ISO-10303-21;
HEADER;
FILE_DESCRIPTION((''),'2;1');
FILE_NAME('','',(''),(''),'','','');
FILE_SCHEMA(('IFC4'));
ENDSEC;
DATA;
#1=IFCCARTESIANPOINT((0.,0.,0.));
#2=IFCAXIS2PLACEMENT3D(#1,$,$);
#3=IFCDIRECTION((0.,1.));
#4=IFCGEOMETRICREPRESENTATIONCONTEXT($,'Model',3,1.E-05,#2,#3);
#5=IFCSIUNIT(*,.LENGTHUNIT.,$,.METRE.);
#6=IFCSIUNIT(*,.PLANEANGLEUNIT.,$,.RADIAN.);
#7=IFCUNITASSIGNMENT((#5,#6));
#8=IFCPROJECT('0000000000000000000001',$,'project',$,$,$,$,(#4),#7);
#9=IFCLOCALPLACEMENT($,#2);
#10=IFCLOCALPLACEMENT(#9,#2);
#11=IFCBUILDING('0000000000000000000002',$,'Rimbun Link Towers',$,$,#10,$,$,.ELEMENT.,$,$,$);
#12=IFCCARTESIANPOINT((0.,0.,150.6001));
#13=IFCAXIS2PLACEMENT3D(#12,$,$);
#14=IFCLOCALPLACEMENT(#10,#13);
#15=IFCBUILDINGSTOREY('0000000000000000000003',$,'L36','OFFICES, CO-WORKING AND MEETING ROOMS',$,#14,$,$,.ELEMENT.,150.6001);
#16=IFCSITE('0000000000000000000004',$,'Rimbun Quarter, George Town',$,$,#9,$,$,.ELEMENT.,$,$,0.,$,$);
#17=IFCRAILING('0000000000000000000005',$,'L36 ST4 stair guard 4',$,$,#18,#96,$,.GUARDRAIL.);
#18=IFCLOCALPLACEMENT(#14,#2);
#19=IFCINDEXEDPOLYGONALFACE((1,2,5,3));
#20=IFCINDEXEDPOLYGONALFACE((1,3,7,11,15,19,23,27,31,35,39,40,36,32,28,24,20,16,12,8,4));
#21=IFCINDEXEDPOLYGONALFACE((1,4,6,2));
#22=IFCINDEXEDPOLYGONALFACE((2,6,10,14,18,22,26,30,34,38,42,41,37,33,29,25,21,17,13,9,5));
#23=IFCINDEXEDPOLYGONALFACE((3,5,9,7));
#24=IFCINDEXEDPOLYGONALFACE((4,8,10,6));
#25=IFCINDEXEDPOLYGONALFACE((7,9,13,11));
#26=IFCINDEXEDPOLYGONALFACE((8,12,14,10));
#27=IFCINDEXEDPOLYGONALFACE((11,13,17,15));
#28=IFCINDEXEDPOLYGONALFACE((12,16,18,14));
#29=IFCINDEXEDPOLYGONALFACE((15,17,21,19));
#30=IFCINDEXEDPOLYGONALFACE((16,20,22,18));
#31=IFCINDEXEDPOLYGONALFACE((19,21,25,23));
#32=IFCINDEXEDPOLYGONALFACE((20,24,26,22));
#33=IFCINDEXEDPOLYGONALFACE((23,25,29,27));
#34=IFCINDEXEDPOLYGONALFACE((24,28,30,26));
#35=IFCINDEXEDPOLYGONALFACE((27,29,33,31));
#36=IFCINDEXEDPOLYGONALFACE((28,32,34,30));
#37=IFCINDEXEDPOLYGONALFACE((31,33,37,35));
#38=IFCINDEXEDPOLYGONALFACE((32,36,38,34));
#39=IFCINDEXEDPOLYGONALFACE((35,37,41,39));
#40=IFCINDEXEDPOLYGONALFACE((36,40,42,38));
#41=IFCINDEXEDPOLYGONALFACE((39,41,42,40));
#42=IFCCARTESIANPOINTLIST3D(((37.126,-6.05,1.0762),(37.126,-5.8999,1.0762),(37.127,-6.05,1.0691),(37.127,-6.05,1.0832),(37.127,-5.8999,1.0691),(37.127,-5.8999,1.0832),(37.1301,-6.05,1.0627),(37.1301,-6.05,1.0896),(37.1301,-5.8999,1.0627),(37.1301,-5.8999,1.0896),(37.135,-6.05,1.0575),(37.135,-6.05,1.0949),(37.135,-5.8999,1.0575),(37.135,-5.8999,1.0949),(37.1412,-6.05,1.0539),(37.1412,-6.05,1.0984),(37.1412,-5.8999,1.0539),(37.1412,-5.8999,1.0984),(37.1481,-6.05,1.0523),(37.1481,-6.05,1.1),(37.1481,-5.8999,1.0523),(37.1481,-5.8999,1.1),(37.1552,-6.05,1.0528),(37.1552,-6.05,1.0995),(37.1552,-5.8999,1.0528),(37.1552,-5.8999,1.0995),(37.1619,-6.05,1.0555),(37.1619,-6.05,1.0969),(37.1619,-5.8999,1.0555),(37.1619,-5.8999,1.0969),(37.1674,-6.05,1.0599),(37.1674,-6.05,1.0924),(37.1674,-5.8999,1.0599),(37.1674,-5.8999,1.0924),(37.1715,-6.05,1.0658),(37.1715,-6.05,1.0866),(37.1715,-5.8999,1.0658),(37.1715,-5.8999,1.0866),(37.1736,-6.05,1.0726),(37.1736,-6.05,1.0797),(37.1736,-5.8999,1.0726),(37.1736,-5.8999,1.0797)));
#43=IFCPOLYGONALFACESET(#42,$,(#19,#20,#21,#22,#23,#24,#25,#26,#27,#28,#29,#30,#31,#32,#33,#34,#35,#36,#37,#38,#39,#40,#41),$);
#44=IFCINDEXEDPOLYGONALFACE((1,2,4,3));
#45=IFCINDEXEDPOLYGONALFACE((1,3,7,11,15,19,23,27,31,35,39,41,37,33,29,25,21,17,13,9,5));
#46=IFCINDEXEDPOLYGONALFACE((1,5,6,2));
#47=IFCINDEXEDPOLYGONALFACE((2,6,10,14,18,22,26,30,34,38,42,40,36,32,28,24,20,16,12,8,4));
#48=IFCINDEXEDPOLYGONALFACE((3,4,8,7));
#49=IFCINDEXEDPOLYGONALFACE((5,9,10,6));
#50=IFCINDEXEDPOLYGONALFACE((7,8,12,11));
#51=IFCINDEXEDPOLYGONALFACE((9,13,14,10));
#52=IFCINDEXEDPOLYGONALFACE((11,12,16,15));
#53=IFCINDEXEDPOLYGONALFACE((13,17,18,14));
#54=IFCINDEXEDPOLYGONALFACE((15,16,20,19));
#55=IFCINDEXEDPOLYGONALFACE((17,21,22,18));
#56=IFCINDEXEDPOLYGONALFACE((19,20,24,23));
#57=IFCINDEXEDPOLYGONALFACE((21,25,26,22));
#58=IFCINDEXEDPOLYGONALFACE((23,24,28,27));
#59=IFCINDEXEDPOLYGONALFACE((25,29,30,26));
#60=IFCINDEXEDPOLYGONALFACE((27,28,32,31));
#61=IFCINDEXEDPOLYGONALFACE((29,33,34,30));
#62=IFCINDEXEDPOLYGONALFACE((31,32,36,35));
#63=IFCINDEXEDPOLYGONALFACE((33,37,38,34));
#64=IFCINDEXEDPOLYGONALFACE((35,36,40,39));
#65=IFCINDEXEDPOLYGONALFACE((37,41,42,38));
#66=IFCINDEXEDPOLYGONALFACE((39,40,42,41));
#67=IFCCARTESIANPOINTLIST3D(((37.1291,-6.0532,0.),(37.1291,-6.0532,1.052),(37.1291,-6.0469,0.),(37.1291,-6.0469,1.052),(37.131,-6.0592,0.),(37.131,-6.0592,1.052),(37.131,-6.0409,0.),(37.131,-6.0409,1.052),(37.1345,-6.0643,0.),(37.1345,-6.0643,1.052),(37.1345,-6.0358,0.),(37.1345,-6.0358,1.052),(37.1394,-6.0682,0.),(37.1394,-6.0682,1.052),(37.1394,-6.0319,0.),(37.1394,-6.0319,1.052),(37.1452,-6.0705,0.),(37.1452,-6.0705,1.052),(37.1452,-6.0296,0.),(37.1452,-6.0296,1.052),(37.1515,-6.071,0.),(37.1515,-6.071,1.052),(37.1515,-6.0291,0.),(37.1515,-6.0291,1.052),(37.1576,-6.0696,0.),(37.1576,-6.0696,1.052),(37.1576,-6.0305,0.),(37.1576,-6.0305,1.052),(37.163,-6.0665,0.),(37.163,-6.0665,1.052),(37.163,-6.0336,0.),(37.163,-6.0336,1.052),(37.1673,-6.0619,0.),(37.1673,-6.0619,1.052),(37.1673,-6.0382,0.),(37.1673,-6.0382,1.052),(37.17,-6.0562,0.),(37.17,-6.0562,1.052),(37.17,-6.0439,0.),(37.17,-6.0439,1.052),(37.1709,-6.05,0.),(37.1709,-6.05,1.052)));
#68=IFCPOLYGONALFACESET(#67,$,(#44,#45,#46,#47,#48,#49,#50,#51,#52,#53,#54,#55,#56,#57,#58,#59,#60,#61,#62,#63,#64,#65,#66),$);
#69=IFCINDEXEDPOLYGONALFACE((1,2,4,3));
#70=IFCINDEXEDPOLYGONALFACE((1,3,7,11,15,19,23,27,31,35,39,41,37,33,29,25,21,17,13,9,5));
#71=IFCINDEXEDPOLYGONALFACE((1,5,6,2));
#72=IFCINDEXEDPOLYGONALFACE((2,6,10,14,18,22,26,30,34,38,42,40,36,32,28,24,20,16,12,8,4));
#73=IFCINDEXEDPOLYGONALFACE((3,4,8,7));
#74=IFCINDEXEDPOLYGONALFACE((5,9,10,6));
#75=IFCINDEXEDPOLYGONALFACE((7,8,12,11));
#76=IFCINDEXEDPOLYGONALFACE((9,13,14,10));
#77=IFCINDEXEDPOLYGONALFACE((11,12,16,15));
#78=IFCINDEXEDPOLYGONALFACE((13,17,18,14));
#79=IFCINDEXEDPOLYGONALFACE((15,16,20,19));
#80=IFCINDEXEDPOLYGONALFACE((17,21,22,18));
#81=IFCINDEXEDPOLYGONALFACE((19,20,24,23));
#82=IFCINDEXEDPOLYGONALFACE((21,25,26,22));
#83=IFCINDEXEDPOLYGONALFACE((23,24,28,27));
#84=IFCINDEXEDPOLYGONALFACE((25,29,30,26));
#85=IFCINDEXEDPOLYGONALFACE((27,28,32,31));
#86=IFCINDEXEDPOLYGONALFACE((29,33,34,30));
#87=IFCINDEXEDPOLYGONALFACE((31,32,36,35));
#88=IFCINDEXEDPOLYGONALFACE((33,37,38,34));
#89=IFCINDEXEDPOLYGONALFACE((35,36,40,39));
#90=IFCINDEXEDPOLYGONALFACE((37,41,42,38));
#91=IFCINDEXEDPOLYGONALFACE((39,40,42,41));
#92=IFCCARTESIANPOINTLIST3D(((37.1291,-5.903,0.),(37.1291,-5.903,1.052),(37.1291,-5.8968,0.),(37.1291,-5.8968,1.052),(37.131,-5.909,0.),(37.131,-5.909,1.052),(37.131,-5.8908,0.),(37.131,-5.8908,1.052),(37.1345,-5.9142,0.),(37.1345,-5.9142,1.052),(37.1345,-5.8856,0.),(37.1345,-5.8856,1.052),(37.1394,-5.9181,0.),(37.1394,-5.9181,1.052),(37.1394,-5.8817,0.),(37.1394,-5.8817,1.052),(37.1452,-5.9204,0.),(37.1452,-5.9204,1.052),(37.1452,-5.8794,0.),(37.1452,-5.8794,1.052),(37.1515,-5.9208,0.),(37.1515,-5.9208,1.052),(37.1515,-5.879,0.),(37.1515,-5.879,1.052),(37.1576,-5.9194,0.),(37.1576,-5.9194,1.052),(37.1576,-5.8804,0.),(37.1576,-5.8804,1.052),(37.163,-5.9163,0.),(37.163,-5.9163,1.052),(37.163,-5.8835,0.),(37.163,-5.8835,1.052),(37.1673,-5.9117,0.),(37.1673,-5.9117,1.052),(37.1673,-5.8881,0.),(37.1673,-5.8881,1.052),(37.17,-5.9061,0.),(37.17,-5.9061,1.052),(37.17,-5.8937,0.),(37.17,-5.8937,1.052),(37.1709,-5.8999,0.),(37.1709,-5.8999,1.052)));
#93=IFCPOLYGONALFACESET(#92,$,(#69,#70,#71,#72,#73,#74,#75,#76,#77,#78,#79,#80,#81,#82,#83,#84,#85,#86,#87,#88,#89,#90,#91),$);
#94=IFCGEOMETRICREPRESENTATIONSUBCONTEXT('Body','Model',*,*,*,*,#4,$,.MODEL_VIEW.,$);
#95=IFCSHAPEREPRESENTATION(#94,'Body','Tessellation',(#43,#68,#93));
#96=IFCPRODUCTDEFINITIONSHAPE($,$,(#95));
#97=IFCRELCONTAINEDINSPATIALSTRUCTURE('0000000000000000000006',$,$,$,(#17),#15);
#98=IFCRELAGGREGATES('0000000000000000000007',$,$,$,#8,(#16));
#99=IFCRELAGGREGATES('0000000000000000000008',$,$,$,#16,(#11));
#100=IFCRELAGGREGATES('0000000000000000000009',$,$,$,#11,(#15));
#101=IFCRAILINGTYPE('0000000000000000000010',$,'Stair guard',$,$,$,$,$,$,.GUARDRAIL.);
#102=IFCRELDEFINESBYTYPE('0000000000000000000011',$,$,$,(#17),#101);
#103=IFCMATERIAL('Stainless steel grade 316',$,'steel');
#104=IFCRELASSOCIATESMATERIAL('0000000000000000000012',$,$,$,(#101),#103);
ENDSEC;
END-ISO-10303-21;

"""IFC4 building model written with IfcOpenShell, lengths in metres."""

from ifc_helpers import new_model, si_unit, direction, frame, origin, origin_2d, place, context, subcontext, project, spatial, circle, extrude, material, type_object, element, save


model = new_model("IFC4")

# Units and contexts
model_context = context("Model", 3, precision=1e-05, world=origin(), true_north=direction((0.0, 1.0)))
body_context = subcontext(model_context, "Body", "Model", "MODEL_VIEW")
ifc_project = project(units=[si_unit("LENGTHUNIT", "METRE"), si_unit("PLANEANGLEUNIT", "RADIAN")], contexts=[model_context])

# Site, building, storey
site_placement = place(None, origin())
site = spatial("IfcSite", under=ifc_project, at=site_placement, Name="Rimbun Quarter, George Town", CompositionType="ELEMENT", RefElevation=0.0)
building_placement = place(site_placement, origin())
building = spatial("IfcBuilding", under=site, at=building_placement, Name="Rimbun Link Towers", CompositionType="ELEMENT")
storey_placement = place(building_placement, frame((0.0, 0.0, 150.6001)))
storey = spatial("IfcBuildingStorey", under=building, at=storey_placement, Name="L36", Description="OFFICES, CO-WORKING AND MEETING ROOMS", CompositionType="ELEMENT", Elevation=150.6001)

# Railing
ifc_material_1 = material(Name="Stainless steel grade 316", Category="steel")
railing_type_1 = type_object("IfcRailingType", Name="Stair guard", PredefinedType="GUARDRAIL", material=ifc_material_1)
railing_1_placement = place(storey_placement, frame((37.1499, -6.05, 0.0)))
element("IfcRailing", 1, at=railing_1_placement, inside=storey, type_object=railing_type_1, Name="L36 ST4 stair guard 4", PredefinedType="GUARDRAIL", context=body_context, shape_type="SweptSolid", body=[
    extrude(circle(Radius=0.0239, at=origin_2d()), frame((0.0, 0.0, 1.0762), z_axis=(0.0, 1.0, 0.0), x_axis=(-1.0, 0.0, 0.0)), (0.0, 0.0, 1.0), 0.1501),
    extrude(circle(Radius=0.021, at=origin_2d()), origin(), (0.0, 0.0, 1.0), 1.052),
    extrude(circle(Radius=0.021, at=origin_2d()), frame((0.0, 0.1501, 0.0)), (0.0, 0.0, 1.0), 1.052),
])

save(model, "model.ifc")
